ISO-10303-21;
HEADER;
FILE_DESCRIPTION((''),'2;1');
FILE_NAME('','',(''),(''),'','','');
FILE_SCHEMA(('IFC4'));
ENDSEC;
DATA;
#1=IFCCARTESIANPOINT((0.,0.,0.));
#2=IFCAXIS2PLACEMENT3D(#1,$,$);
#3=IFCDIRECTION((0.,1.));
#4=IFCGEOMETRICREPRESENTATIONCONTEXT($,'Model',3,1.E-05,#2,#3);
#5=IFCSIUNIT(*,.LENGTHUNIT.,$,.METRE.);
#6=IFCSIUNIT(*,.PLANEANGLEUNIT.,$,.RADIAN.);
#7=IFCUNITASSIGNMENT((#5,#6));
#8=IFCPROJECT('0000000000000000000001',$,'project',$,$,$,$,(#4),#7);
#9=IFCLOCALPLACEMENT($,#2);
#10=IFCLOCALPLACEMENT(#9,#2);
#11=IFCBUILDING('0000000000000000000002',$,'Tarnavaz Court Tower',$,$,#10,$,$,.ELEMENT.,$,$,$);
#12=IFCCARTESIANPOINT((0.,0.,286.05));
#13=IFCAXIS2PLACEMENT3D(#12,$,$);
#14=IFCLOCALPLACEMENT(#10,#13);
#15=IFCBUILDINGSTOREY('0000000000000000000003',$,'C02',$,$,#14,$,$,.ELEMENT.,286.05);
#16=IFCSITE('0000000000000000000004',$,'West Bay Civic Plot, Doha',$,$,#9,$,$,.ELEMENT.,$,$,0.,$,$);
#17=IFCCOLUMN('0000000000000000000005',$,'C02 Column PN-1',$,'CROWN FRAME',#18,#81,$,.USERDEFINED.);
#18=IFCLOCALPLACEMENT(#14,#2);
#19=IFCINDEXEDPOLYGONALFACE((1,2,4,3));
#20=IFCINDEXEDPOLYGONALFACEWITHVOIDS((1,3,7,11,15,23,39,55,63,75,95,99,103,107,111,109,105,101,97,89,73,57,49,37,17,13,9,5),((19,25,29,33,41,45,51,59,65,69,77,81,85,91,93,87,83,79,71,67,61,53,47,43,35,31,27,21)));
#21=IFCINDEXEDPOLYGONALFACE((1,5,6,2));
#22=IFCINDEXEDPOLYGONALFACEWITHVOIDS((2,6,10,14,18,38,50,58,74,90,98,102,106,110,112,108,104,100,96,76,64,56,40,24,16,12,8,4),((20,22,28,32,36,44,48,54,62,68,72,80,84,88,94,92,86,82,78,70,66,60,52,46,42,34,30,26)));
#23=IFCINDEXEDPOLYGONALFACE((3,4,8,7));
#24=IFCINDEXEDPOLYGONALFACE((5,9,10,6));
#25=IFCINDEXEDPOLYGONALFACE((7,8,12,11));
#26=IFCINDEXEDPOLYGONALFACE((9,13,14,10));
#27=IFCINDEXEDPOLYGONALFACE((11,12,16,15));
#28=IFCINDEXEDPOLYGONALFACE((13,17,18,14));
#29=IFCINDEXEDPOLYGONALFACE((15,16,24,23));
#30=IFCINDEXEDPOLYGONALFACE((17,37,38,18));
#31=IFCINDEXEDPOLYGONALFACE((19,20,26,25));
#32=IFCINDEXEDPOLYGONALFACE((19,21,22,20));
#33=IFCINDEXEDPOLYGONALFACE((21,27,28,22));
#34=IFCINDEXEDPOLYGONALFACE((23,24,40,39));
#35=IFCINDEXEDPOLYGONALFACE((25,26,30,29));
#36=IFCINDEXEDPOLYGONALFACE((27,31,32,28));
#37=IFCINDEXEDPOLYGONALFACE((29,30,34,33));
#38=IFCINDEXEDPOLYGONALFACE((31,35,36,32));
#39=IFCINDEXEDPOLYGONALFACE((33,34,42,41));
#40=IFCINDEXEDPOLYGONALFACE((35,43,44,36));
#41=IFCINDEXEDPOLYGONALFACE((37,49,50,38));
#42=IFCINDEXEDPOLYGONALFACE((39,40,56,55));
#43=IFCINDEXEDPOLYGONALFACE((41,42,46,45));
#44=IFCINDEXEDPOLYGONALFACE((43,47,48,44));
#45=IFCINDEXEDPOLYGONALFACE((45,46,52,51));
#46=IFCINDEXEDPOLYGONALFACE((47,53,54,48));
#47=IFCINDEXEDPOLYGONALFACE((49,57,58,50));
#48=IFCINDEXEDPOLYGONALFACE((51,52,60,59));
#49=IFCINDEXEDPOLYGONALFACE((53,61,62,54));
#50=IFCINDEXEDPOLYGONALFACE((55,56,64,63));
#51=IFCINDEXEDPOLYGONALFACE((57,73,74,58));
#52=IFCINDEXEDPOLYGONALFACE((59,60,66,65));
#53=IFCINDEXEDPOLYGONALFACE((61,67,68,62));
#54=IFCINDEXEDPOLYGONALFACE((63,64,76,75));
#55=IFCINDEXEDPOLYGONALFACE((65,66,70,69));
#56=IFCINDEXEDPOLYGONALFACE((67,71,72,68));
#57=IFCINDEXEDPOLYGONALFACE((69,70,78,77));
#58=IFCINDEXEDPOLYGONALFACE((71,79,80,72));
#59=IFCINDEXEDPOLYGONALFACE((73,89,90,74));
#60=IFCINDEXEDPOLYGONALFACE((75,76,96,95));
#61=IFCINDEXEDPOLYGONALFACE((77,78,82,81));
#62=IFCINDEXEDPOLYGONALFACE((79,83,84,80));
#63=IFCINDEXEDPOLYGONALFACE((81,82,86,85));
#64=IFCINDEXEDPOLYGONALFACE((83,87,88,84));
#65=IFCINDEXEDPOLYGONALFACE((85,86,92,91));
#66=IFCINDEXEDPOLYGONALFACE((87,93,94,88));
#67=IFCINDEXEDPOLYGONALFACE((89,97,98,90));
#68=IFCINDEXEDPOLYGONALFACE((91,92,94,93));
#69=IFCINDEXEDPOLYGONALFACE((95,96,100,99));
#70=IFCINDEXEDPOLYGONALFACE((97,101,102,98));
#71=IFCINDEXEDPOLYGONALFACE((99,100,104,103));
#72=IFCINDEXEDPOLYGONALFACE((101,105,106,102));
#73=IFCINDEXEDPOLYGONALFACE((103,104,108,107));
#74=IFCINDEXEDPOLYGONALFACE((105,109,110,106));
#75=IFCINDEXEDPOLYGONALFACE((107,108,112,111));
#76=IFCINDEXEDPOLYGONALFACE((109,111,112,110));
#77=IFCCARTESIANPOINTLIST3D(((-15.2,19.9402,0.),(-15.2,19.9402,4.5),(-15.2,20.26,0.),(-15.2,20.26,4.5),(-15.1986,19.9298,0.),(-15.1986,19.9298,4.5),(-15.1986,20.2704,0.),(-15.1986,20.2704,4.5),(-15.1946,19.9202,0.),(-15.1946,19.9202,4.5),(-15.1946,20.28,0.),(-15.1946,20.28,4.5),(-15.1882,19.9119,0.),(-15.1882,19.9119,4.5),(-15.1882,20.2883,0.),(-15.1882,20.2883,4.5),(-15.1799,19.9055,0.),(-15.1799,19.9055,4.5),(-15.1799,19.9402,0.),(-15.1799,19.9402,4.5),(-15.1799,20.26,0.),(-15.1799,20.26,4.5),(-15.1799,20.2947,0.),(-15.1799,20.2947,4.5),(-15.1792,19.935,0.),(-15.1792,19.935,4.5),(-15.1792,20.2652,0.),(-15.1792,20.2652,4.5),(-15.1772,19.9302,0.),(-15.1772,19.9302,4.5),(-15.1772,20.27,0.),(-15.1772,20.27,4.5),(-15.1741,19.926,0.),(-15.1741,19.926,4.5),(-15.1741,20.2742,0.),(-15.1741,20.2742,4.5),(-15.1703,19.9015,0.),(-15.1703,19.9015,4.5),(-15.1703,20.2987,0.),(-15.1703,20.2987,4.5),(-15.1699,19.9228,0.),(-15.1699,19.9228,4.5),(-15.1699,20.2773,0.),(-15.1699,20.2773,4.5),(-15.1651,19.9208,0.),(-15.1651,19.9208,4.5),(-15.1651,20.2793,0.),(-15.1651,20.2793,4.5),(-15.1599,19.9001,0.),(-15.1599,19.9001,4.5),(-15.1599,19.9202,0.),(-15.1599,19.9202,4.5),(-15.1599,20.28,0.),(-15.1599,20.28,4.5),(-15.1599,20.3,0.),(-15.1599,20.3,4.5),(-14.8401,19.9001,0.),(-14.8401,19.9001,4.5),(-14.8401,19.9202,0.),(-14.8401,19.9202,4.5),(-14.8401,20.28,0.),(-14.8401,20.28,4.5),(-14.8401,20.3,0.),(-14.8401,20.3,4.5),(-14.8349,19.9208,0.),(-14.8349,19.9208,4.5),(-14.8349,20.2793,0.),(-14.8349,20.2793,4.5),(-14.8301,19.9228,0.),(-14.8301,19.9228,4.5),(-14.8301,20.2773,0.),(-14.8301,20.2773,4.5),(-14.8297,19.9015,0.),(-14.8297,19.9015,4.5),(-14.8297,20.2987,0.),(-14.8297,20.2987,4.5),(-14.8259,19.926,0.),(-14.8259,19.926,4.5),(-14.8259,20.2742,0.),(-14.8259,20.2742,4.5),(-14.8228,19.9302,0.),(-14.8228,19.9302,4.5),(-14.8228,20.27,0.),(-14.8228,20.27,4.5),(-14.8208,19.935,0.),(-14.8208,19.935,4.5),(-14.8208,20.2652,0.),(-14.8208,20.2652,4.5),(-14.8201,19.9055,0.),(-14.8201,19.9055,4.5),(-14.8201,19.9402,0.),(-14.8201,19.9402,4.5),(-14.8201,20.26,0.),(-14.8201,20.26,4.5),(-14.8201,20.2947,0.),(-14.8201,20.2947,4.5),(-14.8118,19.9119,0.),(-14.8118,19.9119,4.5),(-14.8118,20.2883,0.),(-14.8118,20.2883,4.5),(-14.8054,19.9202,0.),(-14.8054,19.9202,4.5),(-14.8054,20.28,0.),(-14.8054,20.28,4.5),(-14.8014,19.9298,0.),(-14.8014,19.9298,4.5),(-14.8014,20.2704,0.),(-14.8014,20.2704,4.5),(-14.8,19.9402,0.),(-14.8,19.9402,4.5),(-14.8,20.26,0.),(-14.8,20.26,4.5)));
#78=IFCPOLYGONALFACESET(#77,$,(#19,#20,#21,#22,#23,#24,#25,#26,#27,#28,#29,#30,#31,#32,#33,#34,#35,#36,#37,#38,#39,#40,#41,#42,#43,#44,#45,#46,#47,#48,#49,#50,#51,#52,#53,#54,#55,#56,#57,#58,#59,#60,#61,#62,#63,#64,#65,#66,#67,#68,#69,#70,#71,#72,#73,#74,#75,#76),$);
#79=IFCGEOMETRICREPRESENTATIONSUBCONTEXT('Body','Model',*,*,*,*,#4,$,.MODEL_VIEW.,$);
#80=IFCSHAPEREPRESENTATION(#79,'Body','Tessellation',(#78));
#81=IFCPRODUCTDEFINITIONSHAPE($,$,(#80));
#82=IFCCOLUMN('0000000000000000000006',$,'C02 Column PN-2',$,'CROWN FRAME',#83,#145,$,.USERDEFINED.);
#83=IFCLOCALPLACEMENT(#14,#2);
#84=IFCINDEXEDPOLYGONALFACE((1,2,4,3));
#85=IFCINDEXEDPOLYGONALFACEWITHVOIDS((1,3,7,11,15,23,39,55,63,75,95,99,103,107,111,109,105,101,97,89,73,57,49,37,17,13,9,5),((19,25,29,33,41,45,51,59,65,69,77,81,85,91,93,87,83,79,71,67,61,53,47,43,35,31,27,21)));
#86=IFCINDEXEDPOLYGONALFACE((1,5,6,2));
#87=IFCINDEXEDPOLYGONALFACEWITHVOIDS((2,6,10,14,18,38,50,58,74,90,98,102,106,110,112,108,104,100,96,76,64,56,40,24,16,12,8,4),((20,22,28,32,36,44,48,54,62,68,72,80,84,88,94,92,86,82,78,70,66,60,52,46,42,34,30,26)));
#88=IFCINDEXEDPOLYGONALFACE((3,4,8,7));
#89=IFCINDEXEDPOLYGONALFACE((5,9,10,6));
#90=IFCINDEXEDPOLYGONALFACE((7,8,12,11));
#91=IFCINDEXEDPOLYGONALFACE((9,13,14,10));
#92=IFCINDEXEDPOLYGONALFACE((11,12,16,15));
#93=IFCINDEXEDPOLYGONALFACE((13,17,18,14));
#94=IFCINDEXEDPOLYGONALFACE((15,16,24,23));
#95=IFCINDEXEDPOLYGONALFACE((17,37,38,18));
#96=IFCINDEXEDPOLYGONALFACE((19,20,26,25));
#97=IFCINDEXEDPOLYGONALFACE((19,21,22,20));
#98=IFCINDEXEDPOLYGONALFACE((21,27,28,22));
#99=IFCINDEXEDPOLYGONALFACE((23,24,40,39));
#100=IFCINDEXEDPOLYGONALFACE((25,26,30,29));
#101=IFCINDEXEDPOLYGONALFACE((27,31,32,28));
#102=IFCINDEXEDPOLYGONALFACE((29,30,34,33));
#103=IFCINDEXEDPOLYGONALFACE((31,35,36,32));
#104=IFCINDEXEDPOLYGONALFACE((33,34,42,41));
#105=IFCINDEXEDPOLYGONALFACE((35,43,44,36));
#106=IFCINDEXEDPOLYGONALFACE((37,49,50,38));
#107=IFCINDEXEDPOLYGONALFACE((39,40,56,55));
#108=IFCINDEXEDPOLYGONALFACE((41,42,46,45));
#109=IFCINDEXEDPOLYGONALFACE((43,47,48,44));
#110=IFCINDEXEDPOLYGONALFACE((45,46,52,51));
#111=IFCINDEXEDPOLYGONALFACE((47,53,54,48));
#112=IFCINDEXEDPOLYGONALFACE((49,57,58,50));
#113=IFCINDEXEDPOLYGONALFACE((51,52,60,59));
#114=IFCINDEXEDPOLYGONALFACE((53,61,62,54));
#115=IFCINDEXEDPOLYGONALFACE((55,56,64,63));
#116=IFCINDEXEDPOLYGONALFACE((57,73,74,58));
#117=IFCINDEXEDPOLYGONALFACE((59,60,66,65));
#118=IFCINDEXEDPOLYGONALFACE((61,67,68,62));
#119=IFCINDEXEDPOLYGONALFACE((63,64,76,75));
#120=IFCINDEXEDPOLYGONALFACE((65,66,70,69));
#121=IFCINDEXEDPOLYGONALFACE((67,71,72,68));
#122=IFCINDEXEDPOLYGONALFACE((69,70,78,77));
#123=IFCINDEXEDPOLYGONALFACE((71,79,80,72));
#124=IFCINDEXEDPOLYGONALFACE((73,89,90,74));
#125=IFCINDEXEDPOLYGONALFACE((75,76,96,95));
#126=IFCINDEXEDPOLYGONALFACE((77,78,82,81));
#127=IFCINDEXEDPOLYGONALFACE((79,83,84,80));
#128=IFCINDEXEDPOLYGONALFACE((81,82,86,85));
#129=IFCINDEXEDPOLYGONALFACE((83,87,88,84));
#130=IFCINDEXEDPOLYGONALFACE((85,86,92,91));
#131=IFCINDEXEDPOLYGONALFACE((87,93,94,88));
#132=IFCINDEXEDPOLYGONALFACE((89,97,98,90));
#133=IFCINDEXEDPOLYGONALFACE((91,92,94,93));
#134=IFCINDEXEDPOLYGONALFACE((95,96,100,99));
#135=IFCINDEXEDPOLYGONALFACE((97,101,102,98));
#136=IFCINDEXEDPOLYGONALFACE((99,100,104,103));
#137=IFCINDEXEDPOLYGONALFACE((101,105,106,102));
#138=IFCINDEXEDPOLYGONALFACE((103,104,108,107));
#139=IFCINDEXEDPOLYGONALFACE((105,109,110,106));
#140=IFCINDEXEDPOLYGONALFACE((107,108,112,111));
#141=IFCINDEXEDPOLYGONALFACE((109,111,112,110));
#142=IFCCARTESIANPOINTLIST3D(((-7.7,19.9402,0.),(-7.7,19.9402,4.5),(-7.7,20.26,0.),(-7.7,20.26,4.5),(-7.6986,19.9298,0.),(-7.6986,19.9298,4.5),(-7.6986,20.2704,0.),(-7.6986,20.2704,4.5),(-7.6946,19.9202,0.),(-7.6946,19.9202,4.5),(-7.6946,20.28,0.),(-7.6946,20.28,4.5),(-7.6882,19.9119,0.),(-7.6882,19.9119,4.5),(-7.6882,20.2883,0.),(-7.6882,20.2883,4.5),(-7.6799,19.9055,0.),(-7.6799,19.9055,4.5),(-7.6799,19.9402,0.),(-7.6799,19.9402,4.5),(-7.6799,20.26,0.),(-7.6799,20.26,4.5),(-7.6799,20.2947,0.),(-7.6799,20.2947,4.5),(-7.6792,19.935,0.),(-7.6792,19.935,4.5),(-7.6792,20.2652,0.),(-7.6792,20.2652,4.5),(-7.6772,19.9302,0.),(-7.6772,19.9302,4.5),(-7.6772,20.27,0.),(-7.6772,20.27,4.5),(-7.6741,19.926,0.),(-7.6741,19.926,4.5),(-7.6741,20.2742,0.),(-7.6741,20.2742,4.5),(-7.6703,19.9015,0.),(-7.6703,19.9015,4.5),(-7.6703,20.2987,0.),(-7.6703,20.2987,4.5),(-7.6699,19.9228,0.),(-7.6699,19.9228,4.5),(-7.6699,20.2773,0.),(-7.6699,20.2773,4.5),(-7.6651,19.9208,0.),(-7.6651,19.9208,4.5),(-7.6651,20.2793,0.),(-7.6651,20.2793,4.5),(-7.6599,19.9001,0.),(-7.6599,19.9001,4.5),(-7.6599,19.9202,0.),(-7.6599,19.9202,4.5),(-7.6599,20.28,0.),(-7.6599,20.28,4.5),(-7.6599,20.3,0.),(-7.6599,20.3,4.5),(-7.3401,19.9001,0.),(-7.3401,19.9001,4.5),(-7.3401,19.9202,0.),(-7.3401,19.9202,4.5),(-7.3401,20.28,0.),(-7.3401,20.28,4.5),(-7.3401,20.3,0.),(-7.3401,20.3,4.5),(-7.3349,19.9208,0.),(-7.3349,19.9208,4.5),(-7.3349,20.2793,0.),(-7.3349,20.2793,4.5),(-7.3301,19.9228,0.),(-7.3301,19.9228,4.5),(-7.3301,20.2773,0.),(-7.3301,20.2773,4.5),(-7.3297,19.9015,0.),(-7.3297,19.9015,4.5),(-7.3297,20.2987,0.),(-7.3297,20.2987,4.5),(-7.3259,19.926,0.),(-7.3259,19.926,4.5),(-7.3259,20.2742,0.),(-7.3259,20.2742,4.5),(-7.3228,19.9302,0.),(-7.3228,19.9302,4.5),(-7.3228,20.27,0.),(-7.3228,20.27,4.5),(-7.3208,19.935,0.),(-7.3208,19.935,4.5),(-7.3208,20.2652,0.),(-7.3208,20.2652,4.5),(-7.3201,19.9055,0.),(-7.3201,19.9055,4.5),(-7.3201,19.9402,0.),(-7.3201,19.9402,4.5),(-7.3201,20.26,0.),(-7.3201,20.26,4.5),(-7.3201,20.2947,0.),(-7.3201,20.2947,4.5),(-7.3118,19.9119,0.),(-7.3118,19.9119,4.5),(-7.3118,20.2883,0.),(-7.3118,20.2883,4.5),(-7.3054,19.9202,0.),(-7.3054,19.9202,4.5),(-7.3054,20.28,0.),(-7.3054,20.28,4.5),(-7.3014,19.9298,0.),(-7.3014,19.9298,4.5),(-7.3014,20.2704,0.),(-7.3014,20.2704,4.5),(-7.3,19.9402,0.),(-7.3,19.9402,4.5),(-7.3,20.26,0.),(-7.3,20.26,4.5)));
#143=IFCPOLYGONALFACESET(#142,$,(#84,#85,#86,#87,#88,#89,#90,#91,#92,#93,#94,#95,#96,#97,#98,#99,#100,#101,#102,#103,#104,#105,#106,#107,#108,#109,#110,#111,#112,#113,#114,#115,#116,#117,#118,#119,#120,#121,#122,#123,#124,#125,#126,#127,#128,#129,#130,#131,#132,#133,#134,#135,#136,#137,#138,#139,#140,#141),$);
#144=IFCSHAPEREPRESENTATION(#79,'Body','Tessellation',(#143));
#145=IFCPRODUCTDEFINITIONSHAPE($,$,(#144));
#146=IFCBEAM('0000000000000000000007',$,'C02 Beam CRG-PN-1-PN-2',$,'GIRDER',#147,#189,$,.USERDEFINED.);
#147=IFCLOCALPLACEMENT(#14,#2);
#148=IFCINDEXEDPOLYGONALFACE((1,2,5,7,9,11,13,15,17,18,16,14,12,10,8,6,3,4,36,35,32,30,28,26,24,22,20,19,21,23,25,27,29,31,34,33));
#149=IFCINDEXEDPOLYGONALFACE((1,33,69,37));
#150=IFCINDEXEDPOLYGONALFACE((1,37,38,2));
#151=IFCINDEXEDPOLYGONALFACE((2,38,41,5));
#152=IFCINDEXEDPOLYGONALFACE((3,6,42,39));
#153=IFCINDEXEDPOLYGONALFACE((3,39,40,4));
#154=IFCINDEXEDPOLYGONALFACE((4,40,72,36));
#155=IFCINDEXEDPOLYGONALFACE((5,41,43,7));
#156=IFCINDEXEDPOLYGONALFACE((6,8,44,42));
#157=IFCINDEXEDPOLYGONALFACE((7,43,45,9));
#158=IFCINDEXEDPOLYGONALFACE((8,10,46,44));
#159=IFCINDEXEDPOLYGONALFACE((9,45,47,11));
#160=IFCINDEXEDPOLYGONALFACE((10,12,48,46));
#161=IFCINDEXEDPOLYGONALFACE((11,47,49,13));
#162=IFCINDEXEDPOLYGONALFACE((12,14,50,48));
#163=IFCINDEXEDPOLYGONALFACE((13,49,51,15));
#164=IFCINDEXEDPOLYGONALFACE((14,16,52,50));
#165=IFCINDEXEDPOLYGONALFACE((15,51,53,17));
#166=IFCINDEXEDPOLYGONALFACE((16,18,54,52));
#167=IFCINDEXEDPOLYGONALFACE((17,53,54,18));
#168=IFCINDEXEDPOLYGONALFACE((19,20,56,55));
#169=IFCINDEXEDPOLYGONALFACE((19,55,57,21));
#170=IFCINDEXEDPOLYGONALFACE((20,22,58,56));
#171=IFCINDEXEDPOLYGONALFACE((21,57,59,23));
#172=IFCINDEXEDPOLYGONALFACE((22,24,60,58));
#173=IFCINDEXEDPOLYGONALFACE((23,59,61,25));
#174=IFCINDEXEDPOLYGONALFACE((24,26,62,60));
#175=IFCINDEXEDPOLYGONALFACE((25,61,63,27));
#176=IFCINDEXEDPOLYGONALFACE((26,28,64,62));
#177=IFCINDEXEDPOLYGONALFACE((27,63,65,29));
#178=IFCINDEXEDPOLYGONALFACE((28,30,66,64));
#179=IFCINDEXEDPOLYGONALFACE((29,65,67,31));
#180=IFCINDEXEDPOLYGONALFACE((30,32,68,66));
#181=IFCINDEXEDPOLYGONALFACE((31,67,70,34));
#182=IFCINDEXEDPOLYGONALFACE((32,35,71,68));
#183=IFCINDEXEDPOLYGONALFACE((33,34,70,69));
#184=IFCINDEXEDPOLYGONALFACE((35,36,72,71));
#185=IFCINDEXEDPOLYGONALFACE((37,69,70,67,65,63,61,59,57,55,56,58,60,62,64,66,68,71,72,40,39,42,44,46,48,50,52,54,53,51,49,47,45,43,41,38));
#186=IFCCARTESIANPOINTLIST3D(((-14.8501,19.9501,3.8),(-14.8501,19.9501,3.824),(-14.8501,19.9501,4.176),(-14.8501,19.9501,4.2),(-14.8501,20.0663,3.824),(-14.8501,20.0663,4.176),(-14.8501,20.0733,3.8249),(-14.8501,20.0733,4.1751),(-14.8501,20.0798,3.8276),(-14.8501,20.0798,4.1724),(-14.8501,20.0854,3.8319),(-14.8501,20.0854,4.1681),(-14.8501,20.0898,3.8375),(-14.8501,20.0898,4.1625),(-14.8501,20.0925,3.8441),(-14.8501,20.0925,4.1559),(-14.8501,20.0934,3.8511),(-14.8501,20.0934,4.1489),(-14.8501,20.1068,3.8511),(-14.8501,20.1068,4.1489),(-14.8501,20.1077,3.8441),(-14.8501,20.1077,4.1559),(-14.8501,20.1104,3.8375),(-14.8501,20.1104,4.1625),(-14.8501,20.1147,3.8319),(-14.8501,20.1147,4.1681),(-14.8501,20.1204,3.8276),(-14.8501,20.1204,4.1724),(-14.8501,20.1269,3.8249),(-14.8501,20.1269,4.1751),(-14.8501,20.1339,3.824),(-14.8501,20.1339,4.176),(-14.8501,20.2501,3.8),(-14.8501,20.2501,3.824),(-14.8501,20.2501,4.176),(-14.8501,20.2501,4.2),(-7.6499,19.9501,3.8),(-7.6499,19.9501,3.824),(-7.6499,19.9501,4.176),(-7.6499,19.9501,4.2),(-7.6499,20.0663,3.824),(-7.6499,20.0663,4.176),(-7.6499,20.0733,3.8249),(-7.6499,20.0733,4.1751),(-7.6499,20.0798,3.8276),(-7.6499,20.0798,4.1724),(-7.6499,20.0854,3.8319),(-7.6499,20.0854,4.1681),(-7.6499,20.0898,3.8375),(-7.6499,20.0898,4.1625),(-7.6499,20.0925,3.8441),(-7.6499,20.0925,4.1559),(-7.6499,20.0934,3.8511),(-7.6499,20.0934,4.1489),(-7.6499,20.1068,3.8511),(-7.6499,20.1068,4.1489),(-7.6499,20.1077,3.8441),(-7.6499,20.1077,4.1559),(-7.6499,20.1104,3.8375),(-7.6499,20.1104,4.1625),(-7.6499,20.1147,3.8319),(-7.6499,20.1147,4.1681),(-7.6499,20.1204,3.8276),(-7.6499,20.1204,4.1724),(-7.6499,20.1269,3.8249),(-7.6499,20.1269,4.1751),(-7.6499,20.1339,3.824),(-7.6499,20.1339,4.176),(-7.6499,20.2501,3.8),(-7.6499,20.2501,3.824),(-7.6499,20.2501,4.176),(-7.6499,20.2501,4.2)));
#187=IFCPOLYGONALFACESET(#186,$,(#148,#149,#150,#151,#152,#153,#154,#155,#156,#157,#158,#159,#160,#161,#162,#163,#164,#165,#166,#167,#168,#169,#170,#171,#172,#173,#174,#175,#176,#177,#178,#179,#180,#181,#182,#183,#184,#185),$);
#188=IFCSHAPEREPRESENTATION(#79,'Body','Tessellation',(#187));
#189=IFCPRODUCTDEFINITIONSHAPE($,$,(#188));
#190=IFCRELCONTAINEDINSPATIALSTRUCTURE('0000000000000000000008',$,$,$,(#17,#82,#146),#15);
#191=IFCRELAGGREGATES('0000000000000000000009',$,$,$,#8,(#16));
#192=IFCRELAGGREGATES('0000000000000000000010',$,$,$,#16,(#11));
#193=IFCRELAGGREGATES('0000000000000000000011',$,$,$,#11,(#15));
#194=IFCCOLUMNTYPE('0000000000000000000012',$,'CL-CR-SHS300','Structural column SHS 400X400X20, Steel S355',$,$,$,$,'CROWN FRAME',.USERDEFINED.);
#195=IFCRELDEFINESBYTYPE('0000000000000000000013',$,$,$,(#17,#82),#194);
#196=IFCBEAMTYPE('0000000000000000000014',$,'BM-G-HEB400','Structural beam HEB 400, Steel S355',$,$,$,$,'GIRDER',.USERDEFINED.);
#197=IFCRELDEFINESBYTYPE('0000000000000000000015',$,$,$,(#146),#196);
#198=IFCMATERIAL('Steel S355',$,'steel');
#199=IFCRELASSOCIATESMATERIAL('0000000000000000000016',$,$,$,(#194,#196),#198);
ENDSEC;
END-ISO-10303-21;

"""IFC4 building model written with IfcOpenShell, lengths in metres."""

from ifc_helpers import new_model, si_unit, direction, frame, origin, origin_2d, place, context, subcontext, project, spatial, hollow_rectangle, i_section, extrude, material, material_profile, profile_set, type_object, element, save


model = new_model("IFC4")

# Units and contexts
model_context = context("Model", 3, precision=1e-05, world=origin(), true_north=direction((0.0, 1.0)))
body_context = subcontext(model_context, "Body", "Model", "MODEL_VIEW")
ifc_project = project(units=[si_unit("LENGTHUNIT", "METRE"), si_unit("PLANEANGLEUNIT", "RADIAN")], contexts=[model_context])

# Site, building, storey
site_placement = place(None, origin())
site = spatial("IfcSite", under=ifc_project, at=site_placement, Name="West Bay Civic Plot, Doha", CompositionType="ELEMENT", RefElevation=0.0)
building_placement = place(site_placement, origin())
building = spatial("IfcBuilding", under=site, at=building_placement, Name="Tarnavaz Court Tower", CompositionType="ELEMENT")
storey_placement = place(building_placement, frame((0.0, 0.0, 286.05)))
storey = spatial("IfcBuildingStorey", under=building, at=storey_placement, Name="C02", CompositionType="ELEMENT", Elevation=286.05)

# Columns
ifc_material_1 = material(Name="Steel S355", Category="steel")
ifc_material_profile_1 = material_profile(ifc_material_1, hollow_rectangle(XDim=0.3999, YDim=0.3999, WallThickness=0.02, InnerFilletRadius=0.02, OuterFilletRadius=0.04, at=origin_2d()), Name="SHS 400X400X20")
ifc_profile_set_1 = profile_set([ifc_material_profile_1], Name="Steel S355")
column_type = type_object("IfcColumnType", Name="CL-CR-SHS300", Description="Structural column SHS 400X400X20, Steel S355", ElementType="CROWN FRAME", PredefinedType="USERDEFINED", material=ifc_profile_set_1)
for number, where, z_axis, x_axis, name in (
    (1, (-15.0, 20.1001, 0.0), (0.0, 0.0, 1.0), (1.0, 0.0, 0.0), "C02 Column PN-1"),
    (2, (-7.5, 20.1001, 0.0), (0.0, 0.0, 1.0), (1.0, 0.0, 0.0), "C02 Column PN-2"),
):
    element("IfcColumn", number, at=place(storey_placement, frame(where, z_axis=z_axis, x_axis=x_axis)), inside=storey, type_object=column_type, Name=name, ObjectType="CROWN FRAME", PredefinedType="USERDEFINED", context=body_context, shape_type="SweptSolid", body=[
        extrude(hollow_rectangle(XDim=0.3999, YDim=0.3999, WallThickness=0.02, InnerFilletRadius=0.02, OuterFilletRadius=0.04, at=origin_2d()), origin(), (0.0, 0.0, 1.0), 4.5),
    ])

# Beam
ifc_material_profile_2 = material_profile(ifc_material_1, i_section(OverallWidth=0.3, OverallDepth=0.3999, WebThickness=0.0134, FlangeThickness=0.0239, FilletRadius=0.0271, at=origin_2d()), Name="HEB 400")
ifc_profile_set_2 = profile_set([ifc_material_profile_2], Name="Steel S355")
beam_type = type_object("IfcBeamType", Name="BM-G-HEB400", Description="Structural beam HEB 400, Steel S355", ElementType="GIRDER", PredefinedType="USERDEFINED", material=ifc_profile_set_2)
beam_1_placement = place(storey_placement, frame((-14.8501, 20.1001, 4.0), z_axis=(1.0, 0.0, 0.0), x_axis=(0.0, 1.0, 0.0)))
element("IfcBeam", 3, at=beam_1_placement, inside=storey, type_object=beam_type, Name="C02 Beam CRG-PN-1-PN-2", ObjectType="GIRDER", PredefinedType="USERDEFINED", context=body_context, shape_type="SweptSolid", body=[
    extrude(i_section(OverallWidth=0.3, OverallDepth=0.3999, WebThickness=0.0134, FlangeThickness=0.0239, FilletRadius=0.0271, at=origin_2d()), origin(), (0.0, 0.0, 1.0), 7.2002),
])

save(model, "model.ifc")
